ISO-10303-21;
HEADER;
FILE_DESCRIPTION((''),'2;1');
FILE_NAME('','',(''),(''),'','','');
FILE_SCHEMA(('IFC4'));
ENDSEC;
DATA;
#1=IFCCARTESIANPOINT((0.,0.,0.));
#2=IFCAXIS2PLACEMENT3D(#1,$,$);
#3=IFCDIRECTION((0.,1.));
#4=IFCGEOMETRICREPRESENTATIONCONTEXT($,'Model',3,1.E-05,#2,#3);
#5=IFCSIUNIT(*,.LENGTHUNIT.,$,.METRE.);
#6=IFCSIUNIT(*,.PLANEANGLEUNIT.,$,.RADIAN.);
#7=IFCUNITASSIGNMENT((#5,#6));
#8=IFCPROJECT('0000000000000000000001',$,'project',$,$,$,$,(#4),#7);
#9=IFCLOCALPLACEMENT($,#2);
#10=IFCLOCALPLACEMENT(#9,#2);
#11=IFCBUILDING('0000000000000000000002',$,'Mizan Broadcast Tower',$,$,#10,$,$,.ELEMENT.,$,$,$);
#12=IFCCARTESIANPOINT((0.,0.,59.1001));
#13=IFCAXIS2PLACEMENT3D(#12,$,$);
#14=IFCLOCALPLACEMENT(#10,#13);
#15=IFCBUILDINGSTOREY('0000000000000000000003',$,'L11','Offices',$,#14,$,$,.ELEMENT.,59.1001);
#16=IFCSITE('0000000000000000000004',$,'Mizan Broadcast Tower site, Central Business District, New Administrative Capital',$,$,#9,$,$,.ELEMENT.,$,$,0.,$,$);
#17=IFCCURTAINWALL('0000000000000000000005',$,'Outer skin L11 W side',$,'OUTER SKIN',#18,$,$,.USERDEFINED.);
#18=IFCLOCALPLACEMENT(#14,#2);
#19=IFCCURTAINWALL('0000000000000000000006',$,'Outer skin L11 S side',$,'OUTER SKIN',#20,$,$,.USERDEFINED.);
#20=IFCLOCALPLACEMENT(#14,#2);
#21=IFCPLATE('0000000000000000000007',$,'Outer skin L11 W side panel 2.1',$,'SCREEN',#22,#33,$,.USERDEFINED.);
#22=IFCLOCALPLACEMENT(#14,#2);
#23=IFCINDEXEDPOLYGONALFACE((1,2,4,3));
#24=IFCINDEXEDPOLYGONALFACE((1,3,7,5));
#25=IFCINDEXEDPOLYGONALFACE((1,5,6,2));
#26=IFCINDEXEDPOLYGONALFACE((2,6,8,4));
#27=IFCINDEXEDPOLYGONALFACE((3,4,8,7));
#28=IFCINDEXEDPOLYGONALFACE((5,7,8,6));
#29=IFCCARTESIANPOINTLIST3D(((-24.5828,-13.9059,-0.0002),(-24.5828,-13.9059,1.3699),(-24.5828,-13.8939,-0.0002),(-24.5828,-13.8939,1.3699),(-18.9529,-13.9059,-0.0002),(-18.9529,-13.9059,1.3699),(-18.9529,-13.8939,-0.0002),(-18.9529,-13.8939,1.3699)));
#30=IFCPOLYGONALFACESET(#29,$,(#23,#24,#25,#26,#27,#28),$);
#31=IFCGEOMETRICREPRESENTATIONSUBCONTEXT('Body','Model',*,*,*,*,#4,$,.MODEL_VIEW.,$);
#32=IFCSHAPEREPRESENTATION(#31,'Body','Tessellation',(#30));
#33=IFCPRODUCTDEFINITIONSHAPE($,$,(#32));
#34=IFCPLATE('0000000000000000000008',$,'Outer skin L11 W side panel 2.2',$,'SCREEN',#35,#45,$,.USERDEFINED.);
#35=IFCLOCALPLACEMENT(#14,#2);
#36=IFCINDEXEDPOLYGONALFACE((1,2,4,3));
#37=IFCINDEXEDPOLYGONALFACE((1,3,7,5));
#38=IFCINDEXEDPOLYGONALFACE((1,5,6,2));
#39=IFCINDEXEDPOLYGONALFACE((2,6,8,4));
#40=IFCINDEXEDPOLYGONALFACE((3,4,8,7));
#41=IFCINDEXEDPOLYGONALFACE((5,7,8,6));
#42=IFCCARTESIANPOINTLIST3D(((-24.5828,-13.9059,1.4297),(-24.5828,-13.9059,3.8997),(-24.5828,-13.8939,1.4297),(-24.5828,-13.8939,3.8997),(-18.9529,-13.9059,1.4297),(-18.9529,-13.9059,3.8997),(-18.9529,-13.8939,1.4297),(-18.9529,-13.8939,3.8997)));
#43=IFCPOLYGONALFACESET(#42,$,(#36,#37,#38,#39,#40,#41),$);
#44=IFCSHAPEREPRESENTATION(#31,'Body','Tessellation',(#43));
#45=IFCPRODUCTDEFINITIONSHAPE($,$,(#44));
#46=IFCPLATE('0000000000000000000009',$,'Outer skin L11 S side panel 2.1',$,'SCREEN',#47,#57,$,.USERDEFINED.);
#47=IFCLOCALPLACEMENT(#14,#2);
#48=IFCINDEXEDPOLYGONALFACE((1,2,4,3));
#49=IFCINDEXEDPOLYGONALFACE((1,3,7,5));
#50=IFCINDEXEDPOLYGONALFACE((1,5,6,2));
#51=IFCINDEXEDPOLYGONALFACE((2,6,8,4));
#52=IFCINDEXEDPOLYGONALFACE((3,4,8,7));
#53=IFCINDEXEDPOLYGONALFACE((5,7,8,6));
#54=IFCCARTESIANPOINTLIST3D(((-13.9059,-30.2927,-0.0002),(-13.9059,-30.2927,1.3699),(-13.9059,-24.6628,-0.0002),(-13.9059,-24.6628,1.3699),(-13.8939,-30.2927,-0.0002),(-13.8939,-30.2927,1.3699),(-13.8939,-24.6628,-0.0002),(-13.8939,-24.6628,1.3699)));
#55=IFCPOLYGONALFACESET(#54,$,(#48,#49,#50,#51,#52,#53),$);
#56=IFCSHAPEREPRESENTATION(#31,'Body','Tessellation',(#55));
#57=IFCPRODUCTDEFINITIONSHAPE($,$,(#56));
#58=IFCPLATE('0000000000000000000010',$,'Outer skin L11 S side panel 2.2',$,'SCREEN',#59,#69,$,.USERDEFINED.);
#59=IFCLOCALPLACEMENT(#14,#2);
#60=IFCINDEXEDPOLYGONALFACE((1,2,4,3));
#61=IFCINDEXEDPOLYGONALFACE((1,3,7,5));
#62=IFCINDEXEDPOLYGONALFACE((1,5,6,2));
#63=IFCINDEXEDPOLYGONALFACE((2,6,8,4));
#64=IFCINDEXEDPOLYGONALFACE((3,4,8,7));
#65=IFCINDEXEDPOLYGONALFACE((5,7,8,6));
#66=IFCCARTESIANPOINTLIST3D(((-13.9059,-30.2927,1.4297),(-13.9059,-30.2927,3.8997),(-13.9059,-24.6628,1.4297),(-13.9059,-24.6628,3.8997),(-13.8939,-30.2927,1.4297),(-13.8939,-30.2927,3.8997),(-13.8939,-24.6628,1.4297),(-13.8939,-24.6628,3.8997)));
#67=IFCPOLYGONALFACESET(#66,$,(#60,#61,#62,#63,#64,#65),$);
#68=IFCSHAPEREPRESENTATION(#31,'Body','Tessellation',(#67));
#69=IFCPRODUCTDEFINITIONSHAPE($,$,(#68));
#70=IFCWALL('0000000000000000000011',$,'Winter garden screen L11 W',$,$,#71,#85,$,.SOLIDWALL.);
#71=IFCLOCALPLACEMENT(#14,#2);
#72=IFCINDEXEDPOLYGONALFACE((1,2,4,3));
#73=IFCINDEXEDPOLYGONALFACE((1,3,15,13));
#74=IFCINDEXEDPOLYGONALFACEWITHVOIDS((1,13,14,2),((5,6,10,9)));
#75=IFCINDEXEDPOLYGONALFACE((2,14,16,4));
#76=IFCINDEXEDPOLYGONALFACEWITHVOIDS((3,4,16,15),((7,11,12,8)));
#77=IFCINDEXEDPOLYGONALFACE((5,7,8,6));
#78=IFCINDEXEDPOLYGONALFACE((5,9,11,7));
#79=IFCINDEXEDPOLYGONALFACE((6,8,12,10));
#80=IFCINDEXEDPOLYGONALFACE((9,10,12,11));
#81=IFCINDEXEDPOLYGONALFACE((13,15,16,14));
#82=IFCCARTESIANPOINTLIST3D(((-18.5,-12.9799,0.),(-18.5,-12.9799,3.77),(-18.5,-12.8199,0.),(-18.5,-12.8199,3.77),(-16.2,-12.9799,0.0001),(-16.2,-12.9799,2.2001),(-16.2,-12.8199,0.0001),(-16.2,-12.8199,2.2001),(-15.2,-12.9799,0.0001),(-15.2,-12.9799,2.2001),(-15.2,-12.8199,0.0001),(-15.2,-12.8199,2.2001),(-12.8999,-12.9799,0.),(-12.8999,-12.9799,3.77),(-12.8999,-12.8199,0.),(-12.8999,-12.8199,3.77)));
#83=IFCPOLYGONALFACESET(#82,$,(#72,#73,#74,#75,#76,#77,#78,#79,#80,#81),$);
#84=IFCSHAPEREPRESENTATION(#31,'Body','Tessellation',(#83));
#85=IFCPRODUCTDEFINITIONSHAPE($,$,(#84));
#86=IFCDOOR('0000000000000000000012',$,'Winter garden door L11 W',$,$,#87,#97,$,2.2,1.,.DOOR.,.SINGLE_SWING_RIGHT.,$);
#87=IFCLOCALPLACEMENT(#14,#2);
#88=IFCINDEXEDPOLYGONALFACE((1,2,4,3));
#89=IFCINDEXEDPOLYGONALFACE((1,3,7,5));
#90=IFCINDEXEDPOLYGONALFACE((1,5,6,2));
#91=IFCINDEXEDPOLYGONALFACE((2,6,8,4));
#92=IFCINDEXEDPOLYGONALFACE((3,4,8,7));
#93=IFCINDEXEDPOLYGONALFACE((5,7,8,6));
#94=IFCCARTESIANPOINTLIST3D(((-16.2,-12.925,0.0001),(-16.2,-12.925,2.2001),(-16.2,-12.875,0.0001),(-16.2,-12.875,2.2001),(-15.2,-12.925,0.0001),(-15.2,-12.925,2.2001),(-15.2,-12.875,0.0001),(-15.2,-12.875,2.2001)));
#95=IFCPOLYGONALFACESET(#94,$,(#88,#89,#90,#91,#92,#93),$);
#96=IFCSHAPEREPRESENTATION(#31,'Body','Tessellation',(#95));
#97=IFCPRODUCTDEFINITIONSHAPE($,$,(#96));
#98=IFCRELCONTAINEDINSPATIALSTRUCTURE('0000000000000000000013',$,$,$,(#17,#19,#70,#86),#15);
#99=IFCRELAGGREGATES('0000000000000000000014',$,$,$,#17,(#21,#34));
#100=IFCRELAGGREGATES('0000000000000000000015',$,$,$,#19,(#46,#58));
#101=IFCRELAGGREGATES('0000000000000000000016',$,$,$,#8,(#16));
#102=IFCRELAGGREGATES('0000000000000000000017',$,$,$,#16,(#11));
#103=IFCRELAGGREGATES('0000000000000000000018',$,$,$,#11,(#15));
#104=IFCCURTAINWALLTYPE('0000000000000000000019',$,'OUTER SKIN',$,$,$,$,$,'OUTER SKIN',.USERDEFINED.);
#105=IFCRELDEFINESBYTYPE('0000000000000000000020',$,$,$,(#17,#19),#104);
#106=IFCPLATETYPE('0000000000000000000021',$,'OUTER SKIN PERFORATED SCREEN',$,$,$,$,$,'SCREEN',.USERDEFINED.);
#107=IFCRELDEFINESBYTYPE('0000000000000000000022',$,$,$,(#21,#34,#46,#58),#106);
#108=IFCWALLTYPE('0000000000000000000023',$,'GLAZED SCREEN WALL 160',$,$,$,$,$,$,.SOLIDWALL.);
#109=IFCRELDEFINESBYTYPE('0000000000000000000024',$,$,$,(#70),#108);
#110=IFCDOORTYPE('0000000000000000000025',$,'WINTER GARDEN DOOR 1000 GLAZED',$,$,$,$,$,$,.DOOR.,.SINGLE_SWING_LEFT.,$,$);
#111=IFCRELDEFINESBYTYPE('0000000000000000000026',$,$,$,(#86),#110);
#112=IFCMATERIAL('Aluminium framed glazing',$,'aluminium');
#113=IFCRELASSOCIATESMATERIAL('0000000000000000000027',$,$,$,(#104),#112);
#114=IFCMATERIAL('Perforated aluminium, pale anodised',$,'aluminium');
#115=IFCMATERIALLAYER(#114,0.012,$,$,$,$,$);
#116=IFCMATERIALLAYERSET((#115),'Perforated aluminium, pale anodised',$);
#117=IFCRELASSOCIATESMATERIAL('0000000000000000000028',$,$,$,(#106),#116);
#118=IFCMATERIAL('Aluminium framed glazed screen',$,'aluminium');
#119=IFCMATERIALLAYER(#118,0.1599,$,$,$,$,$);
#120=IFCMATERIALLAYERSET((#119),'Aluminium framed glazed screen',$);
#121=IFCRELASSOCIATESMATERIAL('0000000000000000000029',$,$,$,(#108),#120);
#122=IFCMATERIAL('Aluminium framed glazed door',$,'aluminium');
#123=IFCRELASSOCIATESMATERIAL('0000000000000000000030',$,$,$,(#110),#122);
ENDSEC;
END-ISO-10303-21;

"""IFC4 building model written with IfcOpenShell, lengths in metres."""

from ifc_helpers import new_model, si_unit, direction, frame, frame_2d, origin, origin_2d, place, context, subcontext, project, spatial, rectangle, extrude, material, layer, layer_set, type_object, element, fill, aggregate, save


model = new_model("IFC4")

# Units and contexts
model_context = context("Model", 3, precision=1e-05, world=origin(), true_north=direction((0.0, 1.0)))
body_context = subcontext(model_context, "Body", "Model", "MODEL_VIEW")
ifc_project = project(units=[si_unit("LENGTHUNIT", "METRE"), si_unit("PLANEANGLEUNIT", "RADIAN")], contexts=[model_context])

# Site, building, storey
site_placement = place(None, origin())
site = spatial("IfcSite", under=ifc_project, at=site_placement, Name="Mizan Broadcast Tower site, Central Business District, New Administrative Capital", CompositionType="ELEMENT", RefElevation=0.0)
building_placement = place(site_placement, origin())
building = spatial("IfcBuilding", under=site, at=building_placement, Name="Mizan Broadcast Tower", CompositionType="ELEMENT")
storey_placement = place(building_placement, frame((0.0, 0.0, 59.1001)))
storey = spatial("IfcBuildingStorey", under=building, at=storey_placement, Name="L11", Description="Offices", CompositionType="ELEMENT", Elevation=59.1001)

# Shared definitions
ifc_material_1 = material(Name="Aluminium framed glazing", Category="aluminium")
curtain_wall_type_1 = type_object("IfcCurtainWallType", Name="OUTER SKIN", ElementType="OUTER SKIN", PredefinedType="USERDEFINED", material=ifc_material_1)

# Curtain wall
curtain_wall_1_placement = place(storey_placement, origin())
curtain_wall_1 = element("IfcCurtainWall", 1, at=curtain_wall_1_placement, inside=storey, type_object=curtain_wall_type_1, Name="Outer skin L11 W side", ObjectType="OUTER SKIN", PredefinedType="USERDEFINED")

# Curtain wall
curtain_wall_2_placement = place(storey_placement, origin())
curtain_wall_2 = element("IfcCurtainWall", 2, at=curtain_wall_2_placement, inside=storey, type_object=curtain_wall_type_1, Name="Outer skin L11 S side", ObjectType="OUTER SKIN", PredefinedType="USERDEFINED")

# Plates
ifc_material_2 = material(Name="Perforated aluminium, pale anodised", Category="aluminium")
ifc_layer_1 = layer(ifc_material_2, 0.012)
ifc_layer_set_1 = layer_set([ifc_layer_1], Name="Perforated aluminium, pale anodised")
plate_type_1 = type_object("IfcPlateType", Name="OUTER SKIN PERFORATED SCREEN", ElementType="SCREEN", PredefinedType="USERDEFINED", material=ifc_layer_set_1)
plate_1_placement = place(storey_placement, frame((-21.7678, -13.8999, -0.0002), z_axis=(0.0, 0.0, 1.0), x_axis=(1.0, 0.0, 0.0)))
plate_1 = element("IfcPlate", 3, at=plate_1_placement, type_object=plate_type_1, Name="Outer skin L11 W side panel 2.1", ObjectType="SCREEN", PredefinedType="USERDEFINED", context=body_context, shape_type="SweptSolid", body=[
    extrude(rectangle(XDim=5.6299, YDim=0.012, at=origin_2d()), origin(), (0.0, 0.0, 1.0), 1.3701),
])
plate_2_placement = place(storey_placement, frame((-21.7678, -13.8999, 1.4297), z_axis=(0.0, 0.0, 1.0), x_axis=(1.0, 0.0, 0.0)))
plate_2 = element("IfcPlate", 4, at=plate_2_placement, type_object=plate_type_1, Name="Outer skin L11 W side panel 2.2", ObjectType="SCREEN", PredefinedType="USERDEFINED", context=body_context, shape_type="SweptSolid", body=[
    extrude(rectangle(XDim=5.6299, YDim=0.012, at=origin_2d()), origin(), (0.0, 0.0, 1.0), 2.47),
])
aggregate(curtain_wall_1, [plate_1, plate_2])
plate_3_placement = place(storey_placement, frame((-13.8999, -27.4778, -0.0002), z_axis=(0.0, 0.0, 1.0), x_axis=(0.0, -1.0, 0.0)))
plate_3 = element("IfcPlate", 5, at=plate_3_placement, type_object=plate_type_1, Name="Outer skin L11 S side panel 2.1", ObjectType="SCREEN", PredefinedType="USERDEFINED", context=body_context, shape_type="SweptSolid", body=[
    extrude(rectangle(XDim=5.6299, YDim=0.012, at=origin_2d()), origin(), (0.0, 0.0, 1.0), 1.3701),
])
plate_4_placement = place(storey_placement, frame((-13.8999, -27.4778, 1.4297), z_axis=(0.0, 0.0, 1.0), x_axis=(0.0, -1.0, 0.0)))
plate_4 = element("IfcPlate", 6, at=plate_4_placement, type_object=plate_type_1, Name="Outer skin L11 S side panel 2.2", ObjectType="SCREEN", PredefinedType="USERDEFINED", context=body_context, shape_type="SweptSolid", body=[
    extrude(rectangle(XDim=5.6299, YDim=0.012, at=origin_2d()), origin(), (0.0, 0.0, 1.0), 2.47),
])
aggregate(curtain_wall_2, [plate_3, plate_4])

# Wall, opening, door
ifc_material_3 = material(Name="Aluminium framed glazed screen", Category="aluminium")
ifc_layer_2 = layer(ifc_material_3, 0.1599)
ifc_layer_set_2 = layer_set([ifc_layer_2], Name="Aluminium framed glazed screen")
wall_type = type_object("IfcWallType", Name="GLAZED SCREEN WALL 160", PredefinedType="SOLIDWALL", material=ifc_layer_set_2)
wall_placement = place(storey_placement, frame((-18.5, -12.8999, 0.0), z_axis=(0.0, 0.0, 1.0), x_axis=(1.0, 0.0, 0.0)))
wall = element("IfcWall", 7, at=wall_placement, inside=storey, type_object=wall_type, Name="Winter garden screen L11 W", PredefinedType="SOLIDWALL", context=body_context, shape_type="SweptSolid", body=[
    extrude(rectangle(XDim=5.6001, YDim=0.1599, at=frame_2d((2.8, 0.0))), origin(), (0.0, 0.0, 1.0), 3.77),
])
opening_placement = place(wall_placement, frame((2.3, 0.0, 0.0)))
opening = element("IfcOpeningElement", 8, at=opening_placement, cuts=wall, PredefinedType="OPENING", context=body_context, shape_type="SweptSolid", body=[
    extrude(rectangle(XDim=1.0, YDim=2.2, at=frame_2d((0.5, 1.1001))), frame((0.0, 0.0898, 0.0), z_axis=(0.0, -1.0, 0.0), x_axis=(1.0, 0.0, 0.0)), (0.0, 0.0, 1.0), 0.1799),
])
ifc_material_4 = material(Name="Aluminium framed glazed door", Category="aluminium")
door_type = type_object("IfcDoorType", Name="WINTER GARDEN DOOR 1000 GLAZED", OperationType="SINGLE_SWING_LEFT", PredefinedType="DOOR", material=ifc_material_4)
door_placement = place(opening_placement, origin())
door = element("IfcDoor", 9, at=door_placement, inside=storey, type_object=door_type, Name="Winter garden door L11 W", OperationType="SINGLE_SWING_RIGHT", OverallHeight=2.2, OverallWidth=1.0, PredefinedType="DOOR", context=body_context, shape_type="SweptSolid", body=[
    extrude(rectangle(XDim=1.0, YDim=2.2, at=frame_2d((0.5, 1.1001))), frame((0.0, 0.0249, 0.0), z_axis=(0.0, -1.0, 0.0), x_axis=(1.0, 0.0, 0.0)), (0.0, 0.0, 1.0), 0.05),
])
fill(opening, door)

save(model, "model.ifc")
